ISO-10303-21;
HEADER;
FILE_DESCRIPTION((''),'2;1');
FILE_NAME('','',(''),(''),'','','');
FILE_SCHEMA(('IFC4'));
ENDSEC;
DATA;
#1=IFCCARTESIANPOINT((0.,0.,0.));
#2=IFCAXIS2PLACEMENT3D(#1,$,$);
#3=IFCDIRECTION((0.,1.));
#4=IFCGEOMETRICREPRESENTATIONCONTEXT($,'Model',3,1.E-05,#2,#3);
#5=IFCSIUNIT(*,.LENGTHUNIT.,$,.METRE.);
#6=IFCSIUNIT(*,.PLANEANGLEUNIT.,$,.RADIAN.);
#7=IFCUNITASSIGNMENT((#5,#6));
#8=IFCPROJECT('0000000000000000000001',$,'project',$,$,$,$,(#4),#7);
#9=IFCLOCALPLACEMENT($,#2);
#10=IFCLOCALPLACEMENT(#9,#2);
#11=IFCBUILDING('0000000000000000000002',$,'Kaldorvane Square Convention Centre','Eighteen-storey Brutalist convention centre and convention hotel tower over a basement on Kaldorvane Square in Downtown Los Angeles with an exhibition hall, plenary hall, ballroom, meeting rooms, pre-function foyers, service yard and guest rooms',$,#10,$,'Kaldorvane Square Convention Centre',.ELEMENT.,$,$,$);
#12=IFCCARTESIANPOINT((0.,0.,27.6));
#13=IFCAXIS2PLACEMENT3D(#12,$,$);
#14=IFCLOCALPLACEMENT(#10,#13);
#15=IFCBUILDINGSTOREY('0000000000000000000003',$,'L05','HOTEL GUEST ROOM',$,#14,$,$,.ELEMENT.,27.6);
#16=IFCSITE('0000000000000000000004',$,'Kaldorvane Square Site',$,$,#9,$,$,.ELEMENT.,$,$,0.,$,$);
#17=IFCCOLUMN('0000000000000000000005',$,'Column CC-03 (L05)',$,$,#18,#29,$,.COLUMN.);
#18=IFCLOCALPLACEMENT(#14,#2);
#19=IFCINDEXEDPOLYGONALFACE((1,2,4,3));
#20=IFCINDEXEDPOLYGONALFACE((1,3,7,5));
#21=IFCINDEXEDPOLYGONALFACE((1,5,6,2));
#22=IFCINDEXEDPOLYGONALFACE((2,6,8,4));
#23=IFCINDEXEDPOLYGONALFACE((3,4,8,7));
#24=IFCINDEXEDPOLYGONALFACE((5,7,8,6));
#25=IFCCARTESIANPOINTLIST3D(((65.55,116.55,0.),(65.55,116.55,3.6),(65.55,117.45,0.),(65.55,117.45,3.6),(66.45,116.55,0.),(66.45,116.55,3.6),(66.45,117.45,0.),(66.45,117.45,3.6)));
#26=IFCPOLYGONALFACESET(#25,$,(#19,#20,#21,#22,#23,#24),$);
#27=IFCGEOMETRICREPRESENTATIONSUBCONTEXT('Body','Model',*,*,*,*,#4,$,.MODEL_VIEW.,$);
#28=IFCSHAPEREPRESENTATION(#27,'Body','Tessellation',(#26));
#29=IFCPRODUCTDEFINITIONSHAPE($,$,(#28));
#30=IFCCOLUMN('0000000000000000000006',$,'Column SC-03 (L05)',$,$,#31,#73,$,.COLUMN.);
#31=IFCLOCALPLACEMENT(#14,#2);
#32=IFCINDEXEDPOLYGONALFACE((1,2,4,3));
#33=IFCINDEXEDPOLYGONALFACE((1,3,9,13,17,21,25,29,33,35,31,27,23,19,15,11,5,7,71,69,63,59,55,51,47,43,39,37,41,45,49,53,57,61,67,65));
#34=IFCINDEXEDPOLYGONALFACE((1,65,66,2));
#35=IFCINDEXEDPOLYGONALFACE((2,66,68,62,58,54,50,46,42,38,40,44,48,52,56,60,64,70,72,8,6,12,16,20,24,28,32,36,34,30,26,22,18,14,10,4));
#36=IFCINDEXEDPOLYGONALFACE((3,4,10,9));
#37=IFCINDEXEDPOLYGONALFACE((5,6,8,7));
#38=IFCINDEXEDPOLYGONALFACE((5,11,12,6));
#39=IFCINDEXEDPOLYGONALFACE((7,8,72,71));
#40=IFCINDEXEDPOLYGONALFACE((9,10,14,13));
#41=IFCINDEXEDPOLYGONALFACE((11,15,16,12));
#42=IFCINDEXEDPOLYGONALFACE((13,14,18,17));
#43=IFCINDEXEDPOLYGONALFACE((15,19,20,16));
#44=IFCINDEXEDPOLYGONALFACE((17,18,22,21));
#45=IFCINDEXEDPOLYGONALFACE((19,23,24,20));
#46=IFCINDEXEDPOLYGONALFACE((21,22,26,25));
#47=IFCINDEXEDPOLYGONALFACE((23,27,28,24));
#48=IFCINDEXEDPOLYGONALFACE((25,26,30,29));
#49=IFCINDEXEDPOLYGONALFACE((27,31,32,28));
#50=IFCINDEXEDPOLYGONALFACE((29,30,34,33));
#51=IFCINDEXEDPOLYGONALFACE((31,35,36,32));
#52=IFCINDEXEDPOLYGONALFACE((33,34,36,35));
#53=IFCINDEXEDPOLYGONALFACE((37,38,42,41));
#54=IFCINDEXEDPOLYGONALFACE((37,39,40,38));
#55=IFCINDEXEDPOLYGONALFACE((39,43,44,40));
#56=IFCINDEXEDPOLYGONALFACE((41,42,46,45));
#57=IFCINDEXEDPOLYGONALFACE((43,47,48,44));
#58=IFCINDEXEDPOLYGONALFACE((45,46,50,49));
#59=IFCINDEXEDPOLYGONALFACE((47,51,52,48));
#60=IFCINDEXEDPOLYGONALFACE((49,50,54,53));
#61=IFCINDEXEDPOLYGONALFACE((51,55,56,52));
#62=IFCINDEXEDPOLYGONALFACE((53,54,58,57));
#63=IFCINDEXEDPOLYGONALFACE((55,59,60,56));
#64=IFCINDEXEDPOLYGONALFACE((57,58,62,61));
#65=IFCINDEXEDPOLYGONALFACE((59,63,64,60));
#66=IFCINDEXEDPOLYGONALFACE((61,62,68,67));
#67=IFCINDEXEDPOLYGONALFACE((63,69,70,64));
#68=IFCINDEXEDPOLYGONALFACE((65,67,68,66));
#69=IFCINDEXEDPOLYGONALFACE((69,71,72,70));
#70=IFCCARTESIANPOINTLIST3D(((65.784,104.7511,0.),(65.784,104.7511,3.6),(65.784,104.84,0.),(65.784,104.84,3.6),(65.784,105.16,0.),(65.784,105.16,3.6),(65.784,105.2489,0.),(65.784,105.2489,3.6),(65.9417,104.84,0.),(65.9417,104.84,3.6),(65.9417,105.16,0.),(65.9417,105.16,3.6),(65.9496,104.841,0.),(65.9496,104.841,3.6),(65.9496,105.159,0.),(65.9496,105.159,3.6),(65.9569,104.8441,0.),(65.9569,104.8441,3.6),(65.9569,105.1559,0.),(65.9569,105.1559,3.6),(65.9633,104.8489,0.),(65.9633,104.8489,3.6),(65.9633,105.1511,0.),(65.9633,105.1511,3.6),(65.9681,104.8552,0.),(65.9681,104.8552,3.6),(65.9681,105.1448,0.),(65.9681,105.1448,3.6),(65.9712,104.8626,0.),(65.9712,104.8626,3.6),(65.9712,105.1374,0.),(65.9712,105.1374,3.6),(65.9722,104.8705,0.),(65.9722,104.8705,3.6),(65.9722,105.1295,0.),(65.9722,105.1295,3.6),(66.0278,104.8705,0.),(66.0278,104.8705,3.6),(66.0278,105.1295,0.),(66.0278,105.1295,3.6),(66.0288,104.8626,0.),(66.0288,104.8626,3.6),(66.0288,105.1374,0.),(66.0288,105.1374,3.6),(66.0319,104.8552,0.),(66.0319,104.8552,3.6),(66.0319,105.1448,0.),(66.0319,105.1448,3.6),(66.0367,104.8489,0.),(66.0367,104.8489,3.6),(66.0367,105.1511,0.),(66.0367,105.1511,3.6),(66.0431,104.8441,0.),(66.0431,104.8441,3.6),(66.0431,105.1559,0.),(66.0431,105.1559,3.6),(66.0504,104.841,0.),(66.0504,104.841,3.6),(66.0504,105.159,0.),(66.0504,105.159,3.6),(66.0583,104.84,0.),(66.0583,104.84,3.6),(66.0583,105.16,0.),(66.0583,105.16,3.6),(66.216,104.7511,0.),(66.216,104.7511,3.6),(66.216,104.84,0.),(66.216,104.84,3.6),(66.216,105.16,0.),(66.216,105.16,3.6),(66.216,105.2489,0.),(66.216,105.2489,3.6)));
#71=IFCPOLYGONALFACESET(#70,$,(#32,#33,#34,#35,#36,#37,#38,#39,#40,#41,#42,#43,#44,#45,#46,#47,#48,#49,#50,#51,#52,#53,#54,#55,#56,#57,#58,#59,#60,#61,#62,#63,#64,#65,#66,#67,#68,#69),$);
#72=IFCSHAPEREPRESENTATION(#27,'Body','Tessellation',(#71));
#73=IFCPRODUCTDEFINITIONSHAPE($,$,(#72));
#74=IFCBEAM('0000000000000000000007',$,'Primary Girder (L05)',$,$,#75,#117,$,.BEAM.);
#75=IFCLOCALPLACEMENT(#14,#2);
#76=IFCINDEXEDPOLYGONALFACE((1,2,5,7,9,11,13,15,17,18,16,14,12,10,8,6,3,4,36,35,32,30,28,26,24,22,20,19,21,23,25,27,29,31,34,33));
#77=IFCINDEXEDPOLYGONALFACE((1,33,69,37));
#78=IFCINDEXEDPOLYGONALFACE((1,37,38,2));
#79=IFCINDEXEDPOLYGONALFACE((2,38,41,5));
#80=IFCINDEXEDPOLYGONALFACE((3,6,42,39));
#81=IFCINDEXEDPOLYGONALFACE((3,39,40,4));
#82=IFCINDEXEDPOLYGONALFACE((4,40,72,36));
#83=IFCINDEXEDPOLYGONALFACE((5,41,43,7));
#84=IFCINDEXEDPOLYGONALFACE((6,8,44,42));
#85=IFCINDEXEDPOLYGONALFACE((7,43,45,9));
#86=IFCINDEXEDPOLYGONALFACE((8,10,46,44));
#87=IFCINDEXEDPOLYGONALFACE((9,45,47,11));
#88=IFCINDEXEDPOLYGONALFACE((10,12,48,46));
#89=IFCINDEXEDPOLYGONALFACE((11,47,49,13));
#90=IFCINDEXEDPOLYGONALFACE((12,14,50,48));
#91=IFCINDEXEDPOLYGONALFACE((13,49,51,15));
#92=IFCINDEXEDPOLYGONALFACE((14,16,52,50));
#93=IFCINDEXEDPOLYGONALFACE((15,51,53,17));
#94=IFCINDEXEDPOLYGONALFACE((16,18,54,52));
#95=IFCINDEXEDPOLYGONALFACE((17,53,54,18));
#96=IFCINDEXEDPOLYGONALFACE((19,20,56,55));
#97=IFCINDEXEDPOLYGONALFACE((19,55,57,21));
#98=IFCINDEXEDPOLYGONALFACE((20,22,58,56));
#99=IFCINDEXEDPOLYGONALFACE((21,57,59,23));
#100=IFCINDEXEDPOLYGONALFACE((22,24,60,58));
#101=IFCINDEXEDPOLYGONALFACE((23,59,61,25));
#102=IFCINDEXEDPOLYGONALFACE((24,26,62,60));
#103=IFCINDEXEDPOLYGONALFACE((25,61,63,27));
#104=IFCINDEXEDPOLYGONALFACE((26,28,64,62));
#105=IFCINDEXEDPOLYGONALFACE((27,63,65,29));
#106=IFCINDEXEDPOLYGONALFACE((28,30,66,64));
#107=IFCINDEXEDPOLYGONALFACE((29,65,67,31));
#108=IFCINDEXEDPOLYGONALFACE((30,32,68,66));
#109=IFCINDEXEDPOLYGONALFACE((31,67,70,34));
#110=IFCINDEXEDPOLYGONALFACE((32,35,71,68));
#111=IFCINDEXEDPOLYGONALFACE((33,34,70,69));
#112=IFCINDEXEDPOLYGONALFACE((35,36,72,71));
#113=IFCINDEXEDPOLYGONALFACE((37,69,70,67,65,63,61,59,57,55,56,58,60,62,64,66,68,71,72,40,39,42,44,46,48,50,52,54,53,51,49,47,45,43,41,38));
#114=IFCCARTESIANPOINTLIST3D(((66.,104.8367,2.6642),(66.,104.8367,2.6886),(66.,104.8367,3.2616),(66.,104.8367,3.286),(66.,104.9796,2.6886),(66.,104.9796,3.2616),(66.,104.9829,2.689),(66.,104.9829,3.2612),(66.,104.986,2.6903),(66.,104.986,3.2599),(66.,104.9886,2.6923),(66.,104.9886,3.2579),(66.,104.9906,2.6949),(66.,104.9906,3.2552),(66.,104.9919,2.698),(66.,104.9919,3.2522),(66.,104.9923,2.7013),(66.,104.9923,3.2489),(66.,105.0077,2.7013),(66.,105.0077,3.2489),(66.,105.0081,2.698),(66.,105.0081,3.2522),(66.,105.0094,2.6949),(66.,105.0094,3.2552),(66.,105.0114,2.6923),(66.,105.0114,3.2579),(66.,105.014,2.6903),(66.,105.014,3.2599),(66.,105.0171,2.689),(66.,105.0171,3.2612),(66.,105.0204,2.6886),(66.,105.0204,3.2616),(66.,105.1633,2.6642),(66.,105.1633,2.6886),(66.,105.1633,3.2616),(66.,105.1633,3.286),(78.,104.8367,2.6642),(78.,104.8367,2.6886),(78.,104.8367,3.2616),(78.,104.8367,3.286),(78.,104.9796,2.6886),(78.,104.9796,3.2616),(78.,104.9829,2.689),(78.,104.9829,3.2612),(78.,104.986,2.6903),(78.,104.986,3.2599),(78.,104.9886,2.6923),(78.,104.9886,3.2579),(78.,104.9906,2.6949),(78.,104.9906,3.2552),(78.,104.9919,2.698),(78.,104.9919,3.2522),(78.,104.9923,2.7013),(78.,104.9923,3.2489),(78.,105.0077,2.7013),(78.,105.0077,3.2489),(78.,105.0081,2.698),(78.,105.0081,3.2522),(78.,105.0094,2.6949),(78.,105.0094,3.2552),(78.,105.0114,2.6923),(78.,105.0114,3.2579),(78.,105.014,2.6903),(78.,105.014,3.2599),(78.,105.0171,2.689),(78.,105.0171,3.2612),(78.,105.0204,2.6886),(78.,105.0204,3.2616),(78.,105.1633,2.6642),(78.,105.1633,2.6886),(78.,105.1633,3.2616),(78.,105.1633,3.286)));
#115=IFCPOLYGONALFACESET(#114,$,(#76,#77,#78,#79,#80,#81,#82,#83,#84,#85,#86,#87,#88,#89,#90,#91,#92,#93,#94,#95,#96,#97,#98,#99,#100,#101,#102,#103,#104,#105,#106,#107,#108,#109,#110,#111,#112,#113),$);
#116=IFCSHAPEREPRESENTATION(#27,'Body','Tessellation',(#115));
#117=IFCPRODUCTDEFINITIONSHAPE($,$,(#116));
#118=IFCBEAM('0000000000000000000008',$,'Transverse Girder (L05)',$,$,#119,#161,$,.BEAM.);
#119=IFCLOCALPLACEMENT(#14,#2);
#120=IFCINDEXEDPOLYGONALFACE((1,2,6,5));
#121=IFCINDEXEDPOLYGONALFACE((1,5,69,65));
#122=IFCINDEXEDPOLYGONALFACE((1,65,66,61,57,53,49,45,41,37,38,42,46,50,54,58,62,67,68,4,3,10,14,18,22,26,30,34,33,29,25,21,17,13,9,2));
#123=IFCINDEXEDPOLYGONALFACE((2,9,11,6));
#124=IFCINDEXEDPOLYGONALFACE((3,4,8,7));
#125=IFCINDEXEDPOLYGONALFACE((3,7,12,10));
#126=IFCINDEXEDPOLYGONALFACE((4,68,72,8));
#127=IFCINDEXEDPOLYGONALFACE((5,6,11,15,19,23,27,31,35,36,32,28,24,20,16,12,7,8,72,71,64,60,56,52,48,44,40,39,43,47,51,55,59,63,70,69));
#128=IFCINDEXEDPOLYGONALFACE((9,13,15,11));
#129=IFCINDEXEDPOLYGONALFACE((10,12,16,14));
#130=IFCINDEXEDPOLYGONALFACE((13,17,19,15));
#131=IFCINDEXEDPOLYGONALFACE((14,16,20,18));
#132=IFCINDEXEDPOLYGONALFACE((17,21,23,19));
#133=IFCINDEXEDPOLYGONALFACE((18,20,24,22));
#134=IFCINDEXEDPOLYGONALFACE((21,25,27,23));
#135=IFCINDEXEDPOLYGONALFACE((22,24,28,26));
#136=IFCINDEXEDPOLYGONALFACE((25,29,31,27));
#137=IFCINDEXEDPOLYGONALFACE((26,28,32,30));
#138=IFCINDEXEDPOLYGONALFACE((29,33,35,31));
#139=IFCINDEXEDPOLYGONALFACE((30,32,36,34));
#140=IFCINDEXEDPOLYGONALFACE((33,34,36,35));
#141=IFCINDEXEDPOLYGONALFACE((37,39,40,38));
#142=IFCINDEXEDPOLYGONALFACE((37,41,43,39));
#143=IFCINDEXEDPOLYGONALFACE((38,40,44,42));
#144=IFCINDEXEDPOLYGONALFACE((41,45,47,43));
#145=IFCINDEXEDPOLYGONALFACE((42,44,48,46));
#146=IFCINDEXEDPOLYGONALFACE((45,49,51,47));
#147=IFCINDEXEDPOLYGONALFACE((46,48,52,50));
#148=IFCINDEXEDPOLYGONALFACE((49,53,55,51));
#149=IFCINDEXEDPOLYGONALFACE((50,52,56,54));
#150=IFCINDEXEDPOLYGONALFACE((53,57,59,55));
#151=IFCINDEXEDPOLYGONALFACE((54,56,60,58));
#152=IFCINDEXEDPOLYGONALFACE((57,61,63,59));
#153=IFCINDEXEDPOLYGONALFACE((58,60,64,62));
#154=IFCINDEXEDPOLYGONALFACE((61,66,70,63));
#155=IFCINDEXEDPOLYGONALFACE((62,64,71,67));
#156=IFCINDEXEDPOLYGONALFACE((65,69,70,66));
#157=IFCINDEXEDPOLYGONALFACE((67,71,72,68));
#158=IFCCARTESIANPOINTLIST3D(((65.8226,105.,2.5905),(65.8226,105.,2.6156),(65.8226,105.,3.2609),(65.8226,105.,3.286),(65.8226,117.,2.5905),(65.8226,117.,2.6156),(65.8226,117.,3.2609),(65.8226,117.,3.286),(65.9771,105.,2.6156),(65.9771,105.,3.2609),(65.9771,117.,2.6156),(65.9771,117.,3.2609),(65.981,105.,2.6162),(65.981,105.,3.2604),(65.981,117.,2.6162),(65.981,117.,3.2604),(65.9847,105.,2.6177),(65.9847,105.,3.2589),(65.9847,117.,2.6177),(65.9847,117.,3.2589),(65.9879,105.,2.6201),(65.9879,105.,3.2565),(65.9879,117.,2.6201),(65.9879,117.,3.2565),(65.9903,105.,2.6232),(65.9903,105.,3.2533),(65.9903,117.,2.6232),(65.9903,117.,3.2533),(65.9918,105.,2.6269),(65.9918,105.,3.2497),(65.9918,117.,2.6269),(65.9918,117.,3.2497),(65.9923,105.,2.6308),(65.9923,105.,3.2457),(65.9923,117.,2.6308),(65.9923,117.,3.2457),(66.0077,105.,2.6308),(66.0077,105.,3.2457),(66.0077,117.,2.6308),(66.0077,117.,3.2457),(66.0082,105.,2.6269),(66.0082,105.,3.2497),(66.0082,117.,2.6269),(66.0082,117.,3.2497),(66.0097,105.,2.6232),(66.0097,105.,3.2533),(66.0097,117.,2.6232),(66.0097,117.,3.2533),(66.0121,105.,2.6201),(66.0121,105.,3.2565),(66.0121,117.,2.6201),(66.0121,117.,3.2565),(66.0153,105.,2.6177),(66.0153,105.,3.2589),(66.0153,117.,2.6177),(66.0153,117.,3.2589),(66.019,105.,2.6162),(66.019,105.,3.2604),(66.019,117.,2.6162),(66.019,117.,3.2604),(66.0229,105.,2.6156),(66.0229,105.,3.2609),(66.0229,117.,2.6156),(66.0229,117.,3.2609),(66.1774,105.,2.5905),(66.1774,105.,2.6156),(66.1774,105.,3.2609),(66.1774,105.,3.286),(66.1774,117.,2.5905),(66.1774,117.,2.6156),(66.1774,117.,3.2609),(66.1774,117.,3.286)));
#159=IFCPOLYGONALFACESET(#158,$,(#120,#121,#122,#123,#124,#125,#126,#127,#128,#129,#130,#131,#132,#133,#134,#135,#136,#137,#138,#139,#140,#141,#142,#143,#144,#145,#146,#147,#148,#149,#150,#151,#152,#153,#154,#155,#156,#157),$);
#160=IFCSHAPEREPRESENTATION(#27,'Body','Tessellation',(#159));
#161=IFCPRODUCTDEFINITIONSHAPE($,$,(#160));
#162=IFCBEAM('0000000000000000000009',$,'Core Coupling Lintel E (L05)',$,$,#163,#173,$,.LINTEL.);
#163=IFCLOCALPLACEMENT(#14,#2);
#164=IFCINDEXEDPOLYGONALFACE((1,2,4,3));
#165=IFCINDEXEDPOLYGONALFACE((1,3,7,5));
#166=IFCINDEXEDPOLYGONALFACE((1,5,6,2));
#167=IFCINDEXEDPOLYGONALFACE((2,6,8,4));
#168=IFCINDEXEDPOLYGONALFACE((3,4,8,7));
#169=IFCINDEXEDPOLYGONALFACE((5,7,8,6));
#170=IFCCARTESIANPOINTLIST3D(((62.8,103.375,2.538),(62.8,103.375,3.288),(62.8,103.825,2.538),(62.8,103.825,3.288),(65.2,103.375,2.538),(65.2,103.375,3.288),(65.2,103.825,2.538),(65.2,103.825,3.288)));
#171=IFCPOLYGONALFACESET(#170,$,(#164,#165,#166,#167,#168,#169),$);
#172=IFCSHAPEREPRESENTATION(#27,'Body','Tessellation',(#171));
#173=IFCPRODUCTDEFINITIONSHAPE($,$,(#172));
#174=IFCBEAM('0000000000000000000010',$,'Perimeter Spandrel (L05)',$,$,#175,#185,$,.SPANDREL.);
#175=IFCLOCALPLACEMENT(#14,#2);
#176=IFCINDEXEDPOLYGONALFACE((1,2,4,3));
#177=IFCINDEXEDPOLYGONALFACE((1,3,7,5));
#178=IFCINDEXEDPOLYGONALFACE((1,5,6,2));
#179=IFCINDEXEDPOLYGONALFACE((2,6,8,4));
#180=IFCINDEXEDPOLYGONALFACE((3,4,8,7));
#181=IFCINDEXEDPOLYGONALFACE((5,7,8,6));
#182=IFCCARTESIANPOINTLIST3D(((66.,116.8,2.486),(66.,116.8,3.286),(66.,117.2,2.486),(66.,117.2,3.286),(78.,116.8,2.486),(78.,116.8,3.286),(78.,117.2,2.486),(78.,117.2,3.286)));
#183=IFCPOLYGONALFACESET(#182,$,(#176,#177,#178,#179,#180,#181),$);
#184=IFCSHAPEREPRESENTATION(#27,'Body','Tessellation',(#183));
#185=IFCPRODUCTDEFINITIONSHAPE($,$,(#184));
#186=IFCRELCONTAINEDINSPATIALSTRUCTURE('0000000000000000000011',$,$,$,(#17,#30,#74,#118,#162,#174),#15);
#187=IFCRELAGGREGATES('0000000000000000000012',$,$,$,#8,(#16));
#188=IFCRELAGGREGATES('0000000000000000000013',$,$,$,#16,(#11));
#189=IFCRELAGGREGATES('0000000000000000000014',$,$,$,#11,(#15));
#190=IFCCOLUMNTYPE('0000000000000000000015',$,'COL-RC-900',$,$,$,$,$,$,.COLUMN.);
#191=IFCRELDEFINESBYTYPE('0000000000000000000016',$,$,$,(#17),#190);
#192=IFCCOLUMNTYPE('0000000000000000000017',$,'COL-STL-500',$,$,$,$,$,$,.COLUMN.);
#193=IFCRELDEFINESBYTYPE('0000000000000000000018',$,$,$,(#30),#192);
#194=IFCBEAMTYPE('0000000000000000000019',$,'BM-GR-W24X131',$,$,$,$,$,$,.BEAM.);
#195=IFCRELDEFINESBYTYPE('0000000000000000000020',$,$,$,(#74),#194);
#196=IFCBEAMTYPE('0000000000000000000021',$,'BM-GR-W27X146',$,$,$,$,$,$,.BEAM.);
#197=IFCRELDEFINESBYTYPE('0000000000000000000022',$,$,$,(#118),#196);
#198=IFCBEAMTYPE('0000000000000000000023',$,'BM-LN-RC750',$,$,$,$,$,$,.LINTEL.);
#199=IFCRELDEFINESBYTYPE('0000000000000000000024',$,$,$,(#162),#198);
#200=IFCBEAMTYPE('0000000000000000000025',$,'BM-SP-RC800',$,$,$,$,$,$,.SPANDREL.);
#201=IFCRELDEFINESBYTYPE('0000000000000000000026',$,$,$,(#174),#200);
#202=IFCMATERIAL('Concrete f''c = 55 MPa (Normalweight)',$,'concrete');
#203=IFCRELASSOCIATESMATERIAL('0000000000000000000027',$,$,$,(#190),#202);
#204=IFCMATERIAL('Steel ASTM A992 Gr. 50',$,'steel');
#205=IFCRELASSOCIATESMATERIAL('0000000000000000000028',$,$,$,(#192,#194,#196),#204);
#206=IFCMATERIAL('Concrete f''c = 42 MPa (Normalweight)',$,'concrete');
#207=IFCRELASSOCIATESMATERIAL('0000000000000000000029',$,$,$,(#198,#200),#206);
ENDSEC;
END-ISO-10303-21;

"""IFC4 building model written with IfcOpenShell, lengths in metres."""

from ifc_helpers import new_model, si_unit, direction, frame, origin, origin_2d, place, context, subcontext, project, spatial, rectangle, i_section, extrude, material, material_profile, profile_set, type_object, element, save


model = new_model("IFC4")

# Units and contexts
model_context = context("Model", 3, precision=1e-05, world=origin(), true_north=direction((0.0, 1.0)))
body_context = subcontext(model_context, "Body", "Model", "MODEL_VIEW")
ifc_project = project(units=[si_unit("LENGTHUNIT", "METRE"), si_unit("PLANEANGLEUNIT", "RADIAN")], contexts=[model_context])

# Site, building, storey
site_placement = place(None, origin())
site = spatial("IfcSite", under=ifc_project, at=site_placement, Name="Kaldorvane Square Site", CompositionType="ELEMENT", RefElevation=0.0)
building_placement = place(site_placement, origin())
building = spatial("IfcBuilding", under=site, at=building_placement, Name="Kaldorvane Square Convention Centre", Description="Eighteen-storey Brutalist convention centre and convention hotel tower over a basement on Kaldorvane Square in Downtown Los Angeles with an exhibition hall, plenary hall, ballroom, meeting rooms, pre-function foyers, service yard and guest rooms", LongName="Kaldorvane Square Convention Centre", CompositionType="ELEMENT")
storey_placement = place(building_placement, frame((0.0, 0.0, 27.6)))
storey = spatial("IfcBuildingStorey", under=building, at=storey_placement, Name="L05", Description="HOTEL GUEST ROOM", CompositionType="ELEMENT", Elevation=27.6)

# Columns
ifc_material_1 = material(Name="Concrete f'c = 55 MPa (Normalweight)", Category="concrete")
ifc_material_profile_1 = material_profile(ifc_material_1, rectangle(XDim=0.9, YDim=0.9, at=origin_2d()), Name="RC900X900")
ifc_profile_set_1 = profile_set([ifc_material_profile_1], Name="Concrete f'c = 55 MPa (Normalweight)")
column_type_1 = type_object("IfcColumnType", Name="COL-RC-900", PredefinedType="COLUMN", material=ifc_profile_set_1)
column_1_placement = place(storey_placement, frame((66.0, 117.0, 0.0), z_axis=(0.0, 0.0, 1.0), x_axis=(1.0, 0.0, 0.0)))
element("IfcColumn", 1, at=column_1_placement, inside=storey, type_object=column_type_1, Name="Column CC-03 (L05)", PredefinedType="COLUMN", context=body_context, shape_type="SweptSolid", body=[
    extrude(rectangle(XDim=0.9, YDim=0.9, at=origin_2d()), origin(), (0.0, 0.0, 1.0), 3.6),
])
ifc_material_2 = material(Name="Steel ASTM A992 Gr. 50", Category="steel")
ifc_material_profile_2 = material_profile(ifc_material_2, i_section(OverallWidth=0.4321, OverallDepth=0.4978, WebThickness=0.0556, FlangeThickness=0.0889, FilletRadius=0.0305, at=origin_2d()), Name="W14X500")
ifc_profile_set_2 = profile_set([ifc_material_profile_2], Name="Steel ASTM A992 Gr. 50")
column_type_2 = type_object("IfcColumnType", Name="COL-STL-500", PredefinedType="COLUMN", material=ifc_profile_set_2)
column_2_placement = place(storey_placement, frame((66.0, 105.0, 0.0), z_axis=(0.0, 0.0, 1.0), x_axis=(1.0, 0.0, 0.0)))
element("IfcColumn", 2, at=column_2_placement, inside=storey, type_object=column_type_2, Name="Column SC-03 (L05)", PredefinedType="COLUMN", context=body_context, shape_type="SweptSolid", body=[
    extrude(i_section(OverallWidth=0.4321, OverallDepth=0.4978, WebThickness=0.0556, FlangeThickness=0.0889, FilletRadius=0.0305, at=origin_2d()), origin(), (0.0, 0.0, 1.0), 3.6),
])

# Beams
ifc_material_profile_3 = material_profile(ifc_material_2, i_section(OverallWidth=0.3265, OverallDepth=0.6218, WebThickness=0.0154, FlangeThickness=0.0244, FilletRadius=0.0127, at=origin_2d()), Name="W24X131")
ifc_profile_set_3 = profile_set([ifc_material_profile_3], Name="Steel ASTM A992 Gr. 50")
beam_type_1 = type_object("IfcBeamType", Name="BM-GR-W24X131", PredefinedType="BEAM", material=ifc_profile_set_3)
beam_1_placement = place(storey_placement, frame((66.0, 105.0, 2.9751), z_axis=(1.0, 0.0, 0.0), x_axis=(0.0, 1.0, 0.0)))
element("IfcBeam", 3, at=beam_1_placement, inside=storey, type_object=beam_type_1, Name="Primary Girder (L05)", PredefinedType="BEAM", context=body_context, shape_type="SweptSolid", body=[
    extrude(i_section(OverallWidth=0.3265, OverallDepth=0.6218, WebThickness=0.0154, FlangeThickness=0.0244, FilletRadius=0.0127, at=origin_2d()), origin(), (0.0, 0.0, 1.0), 12.0),
])
ifc_material_profile_4 = material_profile(ifc_material_2, i_section(OverallWidth=0.3547, OverallDepth=0.6955, WebThickness=0.0154, FlangeThickness=0.0251, FilletRadius=0.0152, at=origin_2d()), Name="W27X146")
ifc_profile_set_4 = profile_set([ifc_material_profile_4], Name="Steel ASTM A992 Gr. 50")
beam_type_2 = type_object("IfcBeamType", Name="BM-GR-W27X146", PredefinedType="BEAM", material=ifc_profile_set_4)
beam_2_placement = place(storey_placement, frame((66.0, 105.0, 2.9383), z_axis=(0.0, 1.0, 0.0), x_axis=(-1.0, 0.0, 0.0)))
element("IfcBeam", 4, at=beam_2_placement, inside=storey, type_object=beam_type_2, Name="Transverse Girder (L05)", PredefinedType="BEAM", context=body_context, shape_type="SweptSolid", body=[
    extrude(i_section(OverallWidth=0.3547, OverallDepth=0.6955, WebThickness=0.0154, FlangeThickness=0.0251, FilletRadius=0.0152, at=origin_2d()), origin(), (0.0, 0.0, 1.0), 12.0),
])
ifc_material_3 = material(Name="Concrete f'c = 42 MPa (Normalweight)", Category="concrete")
ifc_material_profile_5 = material_profile(ifc_material_3, rectangle(XDim=0.45, YDim=0.75, at=origin_2d()), Name="RCLN750X450")
ifc_profile_set_5 = profile_set([ifc_material_profile_5], Name="Concrete f'c = 42 MPa (Normalweight)")
beam_type_3 = type_object("IfcBeamType", Name="BM-LN-RC750", PredefinedType="LINTEL", material=ifc_profile_set_5)
beam_3_placement = place(storey_placement, frame((62.8, 103.6, 2.913), z_axis=(1.0, 0.0, 0.0), x_axis=(0.0, 1.0, 0.0)))
element("IfcBeam", 5, at=beam_3_placement, inside=storey, type_object=beam_type_3, Name="Core Coupling Lintel E (L05)", PredefinedType="LINTEL", context=body_context, shape_type="SweptSolid", body=[
    extrude(rectangle(XDim=0.45, YDim=0.75, at=origin_2d()), origin(), (0.0, 0.0, 1.0), 2.4),
])
ifc_material_profile_6 = material_profile(ifc_material_3, rectangle(XDim=0.4, YDim=0.8, at=origin_2d()), Name="RCSP800X400")
ifc_profile_set_6 = profile_set([ifc_material_profile_6], Name="Concrete f'c = 42 MPa (Normalweight)")
beam_type_4 = type_object("IfcBeamType", Name="BM-SP-RC800", PredefinedType="SPANDREL", material=ifc_profile_set_6)
beam_4_placement = place(storey_placement, frame((66.0, 117.0, 2.886), z_axis=(1.0, 0.0, 0.0), x_axis=(0.0, 1.0, 0.0)))
element("IfcBeam", 6, at=beam_4_placement, inside=storey, type_object=beam_type_4, Name="Perimeter Spandrel (L05)", PredefinedType="SPANDREL", context=body_context, shape_type="SweptSolid", body=[
    extrude(rectangle(XDim=0.4, YDim=0.8, at=origin_2d()), origin(), (0.0, 0.0, 1.0), 12.0),
])

save(model, "model.ifc")
